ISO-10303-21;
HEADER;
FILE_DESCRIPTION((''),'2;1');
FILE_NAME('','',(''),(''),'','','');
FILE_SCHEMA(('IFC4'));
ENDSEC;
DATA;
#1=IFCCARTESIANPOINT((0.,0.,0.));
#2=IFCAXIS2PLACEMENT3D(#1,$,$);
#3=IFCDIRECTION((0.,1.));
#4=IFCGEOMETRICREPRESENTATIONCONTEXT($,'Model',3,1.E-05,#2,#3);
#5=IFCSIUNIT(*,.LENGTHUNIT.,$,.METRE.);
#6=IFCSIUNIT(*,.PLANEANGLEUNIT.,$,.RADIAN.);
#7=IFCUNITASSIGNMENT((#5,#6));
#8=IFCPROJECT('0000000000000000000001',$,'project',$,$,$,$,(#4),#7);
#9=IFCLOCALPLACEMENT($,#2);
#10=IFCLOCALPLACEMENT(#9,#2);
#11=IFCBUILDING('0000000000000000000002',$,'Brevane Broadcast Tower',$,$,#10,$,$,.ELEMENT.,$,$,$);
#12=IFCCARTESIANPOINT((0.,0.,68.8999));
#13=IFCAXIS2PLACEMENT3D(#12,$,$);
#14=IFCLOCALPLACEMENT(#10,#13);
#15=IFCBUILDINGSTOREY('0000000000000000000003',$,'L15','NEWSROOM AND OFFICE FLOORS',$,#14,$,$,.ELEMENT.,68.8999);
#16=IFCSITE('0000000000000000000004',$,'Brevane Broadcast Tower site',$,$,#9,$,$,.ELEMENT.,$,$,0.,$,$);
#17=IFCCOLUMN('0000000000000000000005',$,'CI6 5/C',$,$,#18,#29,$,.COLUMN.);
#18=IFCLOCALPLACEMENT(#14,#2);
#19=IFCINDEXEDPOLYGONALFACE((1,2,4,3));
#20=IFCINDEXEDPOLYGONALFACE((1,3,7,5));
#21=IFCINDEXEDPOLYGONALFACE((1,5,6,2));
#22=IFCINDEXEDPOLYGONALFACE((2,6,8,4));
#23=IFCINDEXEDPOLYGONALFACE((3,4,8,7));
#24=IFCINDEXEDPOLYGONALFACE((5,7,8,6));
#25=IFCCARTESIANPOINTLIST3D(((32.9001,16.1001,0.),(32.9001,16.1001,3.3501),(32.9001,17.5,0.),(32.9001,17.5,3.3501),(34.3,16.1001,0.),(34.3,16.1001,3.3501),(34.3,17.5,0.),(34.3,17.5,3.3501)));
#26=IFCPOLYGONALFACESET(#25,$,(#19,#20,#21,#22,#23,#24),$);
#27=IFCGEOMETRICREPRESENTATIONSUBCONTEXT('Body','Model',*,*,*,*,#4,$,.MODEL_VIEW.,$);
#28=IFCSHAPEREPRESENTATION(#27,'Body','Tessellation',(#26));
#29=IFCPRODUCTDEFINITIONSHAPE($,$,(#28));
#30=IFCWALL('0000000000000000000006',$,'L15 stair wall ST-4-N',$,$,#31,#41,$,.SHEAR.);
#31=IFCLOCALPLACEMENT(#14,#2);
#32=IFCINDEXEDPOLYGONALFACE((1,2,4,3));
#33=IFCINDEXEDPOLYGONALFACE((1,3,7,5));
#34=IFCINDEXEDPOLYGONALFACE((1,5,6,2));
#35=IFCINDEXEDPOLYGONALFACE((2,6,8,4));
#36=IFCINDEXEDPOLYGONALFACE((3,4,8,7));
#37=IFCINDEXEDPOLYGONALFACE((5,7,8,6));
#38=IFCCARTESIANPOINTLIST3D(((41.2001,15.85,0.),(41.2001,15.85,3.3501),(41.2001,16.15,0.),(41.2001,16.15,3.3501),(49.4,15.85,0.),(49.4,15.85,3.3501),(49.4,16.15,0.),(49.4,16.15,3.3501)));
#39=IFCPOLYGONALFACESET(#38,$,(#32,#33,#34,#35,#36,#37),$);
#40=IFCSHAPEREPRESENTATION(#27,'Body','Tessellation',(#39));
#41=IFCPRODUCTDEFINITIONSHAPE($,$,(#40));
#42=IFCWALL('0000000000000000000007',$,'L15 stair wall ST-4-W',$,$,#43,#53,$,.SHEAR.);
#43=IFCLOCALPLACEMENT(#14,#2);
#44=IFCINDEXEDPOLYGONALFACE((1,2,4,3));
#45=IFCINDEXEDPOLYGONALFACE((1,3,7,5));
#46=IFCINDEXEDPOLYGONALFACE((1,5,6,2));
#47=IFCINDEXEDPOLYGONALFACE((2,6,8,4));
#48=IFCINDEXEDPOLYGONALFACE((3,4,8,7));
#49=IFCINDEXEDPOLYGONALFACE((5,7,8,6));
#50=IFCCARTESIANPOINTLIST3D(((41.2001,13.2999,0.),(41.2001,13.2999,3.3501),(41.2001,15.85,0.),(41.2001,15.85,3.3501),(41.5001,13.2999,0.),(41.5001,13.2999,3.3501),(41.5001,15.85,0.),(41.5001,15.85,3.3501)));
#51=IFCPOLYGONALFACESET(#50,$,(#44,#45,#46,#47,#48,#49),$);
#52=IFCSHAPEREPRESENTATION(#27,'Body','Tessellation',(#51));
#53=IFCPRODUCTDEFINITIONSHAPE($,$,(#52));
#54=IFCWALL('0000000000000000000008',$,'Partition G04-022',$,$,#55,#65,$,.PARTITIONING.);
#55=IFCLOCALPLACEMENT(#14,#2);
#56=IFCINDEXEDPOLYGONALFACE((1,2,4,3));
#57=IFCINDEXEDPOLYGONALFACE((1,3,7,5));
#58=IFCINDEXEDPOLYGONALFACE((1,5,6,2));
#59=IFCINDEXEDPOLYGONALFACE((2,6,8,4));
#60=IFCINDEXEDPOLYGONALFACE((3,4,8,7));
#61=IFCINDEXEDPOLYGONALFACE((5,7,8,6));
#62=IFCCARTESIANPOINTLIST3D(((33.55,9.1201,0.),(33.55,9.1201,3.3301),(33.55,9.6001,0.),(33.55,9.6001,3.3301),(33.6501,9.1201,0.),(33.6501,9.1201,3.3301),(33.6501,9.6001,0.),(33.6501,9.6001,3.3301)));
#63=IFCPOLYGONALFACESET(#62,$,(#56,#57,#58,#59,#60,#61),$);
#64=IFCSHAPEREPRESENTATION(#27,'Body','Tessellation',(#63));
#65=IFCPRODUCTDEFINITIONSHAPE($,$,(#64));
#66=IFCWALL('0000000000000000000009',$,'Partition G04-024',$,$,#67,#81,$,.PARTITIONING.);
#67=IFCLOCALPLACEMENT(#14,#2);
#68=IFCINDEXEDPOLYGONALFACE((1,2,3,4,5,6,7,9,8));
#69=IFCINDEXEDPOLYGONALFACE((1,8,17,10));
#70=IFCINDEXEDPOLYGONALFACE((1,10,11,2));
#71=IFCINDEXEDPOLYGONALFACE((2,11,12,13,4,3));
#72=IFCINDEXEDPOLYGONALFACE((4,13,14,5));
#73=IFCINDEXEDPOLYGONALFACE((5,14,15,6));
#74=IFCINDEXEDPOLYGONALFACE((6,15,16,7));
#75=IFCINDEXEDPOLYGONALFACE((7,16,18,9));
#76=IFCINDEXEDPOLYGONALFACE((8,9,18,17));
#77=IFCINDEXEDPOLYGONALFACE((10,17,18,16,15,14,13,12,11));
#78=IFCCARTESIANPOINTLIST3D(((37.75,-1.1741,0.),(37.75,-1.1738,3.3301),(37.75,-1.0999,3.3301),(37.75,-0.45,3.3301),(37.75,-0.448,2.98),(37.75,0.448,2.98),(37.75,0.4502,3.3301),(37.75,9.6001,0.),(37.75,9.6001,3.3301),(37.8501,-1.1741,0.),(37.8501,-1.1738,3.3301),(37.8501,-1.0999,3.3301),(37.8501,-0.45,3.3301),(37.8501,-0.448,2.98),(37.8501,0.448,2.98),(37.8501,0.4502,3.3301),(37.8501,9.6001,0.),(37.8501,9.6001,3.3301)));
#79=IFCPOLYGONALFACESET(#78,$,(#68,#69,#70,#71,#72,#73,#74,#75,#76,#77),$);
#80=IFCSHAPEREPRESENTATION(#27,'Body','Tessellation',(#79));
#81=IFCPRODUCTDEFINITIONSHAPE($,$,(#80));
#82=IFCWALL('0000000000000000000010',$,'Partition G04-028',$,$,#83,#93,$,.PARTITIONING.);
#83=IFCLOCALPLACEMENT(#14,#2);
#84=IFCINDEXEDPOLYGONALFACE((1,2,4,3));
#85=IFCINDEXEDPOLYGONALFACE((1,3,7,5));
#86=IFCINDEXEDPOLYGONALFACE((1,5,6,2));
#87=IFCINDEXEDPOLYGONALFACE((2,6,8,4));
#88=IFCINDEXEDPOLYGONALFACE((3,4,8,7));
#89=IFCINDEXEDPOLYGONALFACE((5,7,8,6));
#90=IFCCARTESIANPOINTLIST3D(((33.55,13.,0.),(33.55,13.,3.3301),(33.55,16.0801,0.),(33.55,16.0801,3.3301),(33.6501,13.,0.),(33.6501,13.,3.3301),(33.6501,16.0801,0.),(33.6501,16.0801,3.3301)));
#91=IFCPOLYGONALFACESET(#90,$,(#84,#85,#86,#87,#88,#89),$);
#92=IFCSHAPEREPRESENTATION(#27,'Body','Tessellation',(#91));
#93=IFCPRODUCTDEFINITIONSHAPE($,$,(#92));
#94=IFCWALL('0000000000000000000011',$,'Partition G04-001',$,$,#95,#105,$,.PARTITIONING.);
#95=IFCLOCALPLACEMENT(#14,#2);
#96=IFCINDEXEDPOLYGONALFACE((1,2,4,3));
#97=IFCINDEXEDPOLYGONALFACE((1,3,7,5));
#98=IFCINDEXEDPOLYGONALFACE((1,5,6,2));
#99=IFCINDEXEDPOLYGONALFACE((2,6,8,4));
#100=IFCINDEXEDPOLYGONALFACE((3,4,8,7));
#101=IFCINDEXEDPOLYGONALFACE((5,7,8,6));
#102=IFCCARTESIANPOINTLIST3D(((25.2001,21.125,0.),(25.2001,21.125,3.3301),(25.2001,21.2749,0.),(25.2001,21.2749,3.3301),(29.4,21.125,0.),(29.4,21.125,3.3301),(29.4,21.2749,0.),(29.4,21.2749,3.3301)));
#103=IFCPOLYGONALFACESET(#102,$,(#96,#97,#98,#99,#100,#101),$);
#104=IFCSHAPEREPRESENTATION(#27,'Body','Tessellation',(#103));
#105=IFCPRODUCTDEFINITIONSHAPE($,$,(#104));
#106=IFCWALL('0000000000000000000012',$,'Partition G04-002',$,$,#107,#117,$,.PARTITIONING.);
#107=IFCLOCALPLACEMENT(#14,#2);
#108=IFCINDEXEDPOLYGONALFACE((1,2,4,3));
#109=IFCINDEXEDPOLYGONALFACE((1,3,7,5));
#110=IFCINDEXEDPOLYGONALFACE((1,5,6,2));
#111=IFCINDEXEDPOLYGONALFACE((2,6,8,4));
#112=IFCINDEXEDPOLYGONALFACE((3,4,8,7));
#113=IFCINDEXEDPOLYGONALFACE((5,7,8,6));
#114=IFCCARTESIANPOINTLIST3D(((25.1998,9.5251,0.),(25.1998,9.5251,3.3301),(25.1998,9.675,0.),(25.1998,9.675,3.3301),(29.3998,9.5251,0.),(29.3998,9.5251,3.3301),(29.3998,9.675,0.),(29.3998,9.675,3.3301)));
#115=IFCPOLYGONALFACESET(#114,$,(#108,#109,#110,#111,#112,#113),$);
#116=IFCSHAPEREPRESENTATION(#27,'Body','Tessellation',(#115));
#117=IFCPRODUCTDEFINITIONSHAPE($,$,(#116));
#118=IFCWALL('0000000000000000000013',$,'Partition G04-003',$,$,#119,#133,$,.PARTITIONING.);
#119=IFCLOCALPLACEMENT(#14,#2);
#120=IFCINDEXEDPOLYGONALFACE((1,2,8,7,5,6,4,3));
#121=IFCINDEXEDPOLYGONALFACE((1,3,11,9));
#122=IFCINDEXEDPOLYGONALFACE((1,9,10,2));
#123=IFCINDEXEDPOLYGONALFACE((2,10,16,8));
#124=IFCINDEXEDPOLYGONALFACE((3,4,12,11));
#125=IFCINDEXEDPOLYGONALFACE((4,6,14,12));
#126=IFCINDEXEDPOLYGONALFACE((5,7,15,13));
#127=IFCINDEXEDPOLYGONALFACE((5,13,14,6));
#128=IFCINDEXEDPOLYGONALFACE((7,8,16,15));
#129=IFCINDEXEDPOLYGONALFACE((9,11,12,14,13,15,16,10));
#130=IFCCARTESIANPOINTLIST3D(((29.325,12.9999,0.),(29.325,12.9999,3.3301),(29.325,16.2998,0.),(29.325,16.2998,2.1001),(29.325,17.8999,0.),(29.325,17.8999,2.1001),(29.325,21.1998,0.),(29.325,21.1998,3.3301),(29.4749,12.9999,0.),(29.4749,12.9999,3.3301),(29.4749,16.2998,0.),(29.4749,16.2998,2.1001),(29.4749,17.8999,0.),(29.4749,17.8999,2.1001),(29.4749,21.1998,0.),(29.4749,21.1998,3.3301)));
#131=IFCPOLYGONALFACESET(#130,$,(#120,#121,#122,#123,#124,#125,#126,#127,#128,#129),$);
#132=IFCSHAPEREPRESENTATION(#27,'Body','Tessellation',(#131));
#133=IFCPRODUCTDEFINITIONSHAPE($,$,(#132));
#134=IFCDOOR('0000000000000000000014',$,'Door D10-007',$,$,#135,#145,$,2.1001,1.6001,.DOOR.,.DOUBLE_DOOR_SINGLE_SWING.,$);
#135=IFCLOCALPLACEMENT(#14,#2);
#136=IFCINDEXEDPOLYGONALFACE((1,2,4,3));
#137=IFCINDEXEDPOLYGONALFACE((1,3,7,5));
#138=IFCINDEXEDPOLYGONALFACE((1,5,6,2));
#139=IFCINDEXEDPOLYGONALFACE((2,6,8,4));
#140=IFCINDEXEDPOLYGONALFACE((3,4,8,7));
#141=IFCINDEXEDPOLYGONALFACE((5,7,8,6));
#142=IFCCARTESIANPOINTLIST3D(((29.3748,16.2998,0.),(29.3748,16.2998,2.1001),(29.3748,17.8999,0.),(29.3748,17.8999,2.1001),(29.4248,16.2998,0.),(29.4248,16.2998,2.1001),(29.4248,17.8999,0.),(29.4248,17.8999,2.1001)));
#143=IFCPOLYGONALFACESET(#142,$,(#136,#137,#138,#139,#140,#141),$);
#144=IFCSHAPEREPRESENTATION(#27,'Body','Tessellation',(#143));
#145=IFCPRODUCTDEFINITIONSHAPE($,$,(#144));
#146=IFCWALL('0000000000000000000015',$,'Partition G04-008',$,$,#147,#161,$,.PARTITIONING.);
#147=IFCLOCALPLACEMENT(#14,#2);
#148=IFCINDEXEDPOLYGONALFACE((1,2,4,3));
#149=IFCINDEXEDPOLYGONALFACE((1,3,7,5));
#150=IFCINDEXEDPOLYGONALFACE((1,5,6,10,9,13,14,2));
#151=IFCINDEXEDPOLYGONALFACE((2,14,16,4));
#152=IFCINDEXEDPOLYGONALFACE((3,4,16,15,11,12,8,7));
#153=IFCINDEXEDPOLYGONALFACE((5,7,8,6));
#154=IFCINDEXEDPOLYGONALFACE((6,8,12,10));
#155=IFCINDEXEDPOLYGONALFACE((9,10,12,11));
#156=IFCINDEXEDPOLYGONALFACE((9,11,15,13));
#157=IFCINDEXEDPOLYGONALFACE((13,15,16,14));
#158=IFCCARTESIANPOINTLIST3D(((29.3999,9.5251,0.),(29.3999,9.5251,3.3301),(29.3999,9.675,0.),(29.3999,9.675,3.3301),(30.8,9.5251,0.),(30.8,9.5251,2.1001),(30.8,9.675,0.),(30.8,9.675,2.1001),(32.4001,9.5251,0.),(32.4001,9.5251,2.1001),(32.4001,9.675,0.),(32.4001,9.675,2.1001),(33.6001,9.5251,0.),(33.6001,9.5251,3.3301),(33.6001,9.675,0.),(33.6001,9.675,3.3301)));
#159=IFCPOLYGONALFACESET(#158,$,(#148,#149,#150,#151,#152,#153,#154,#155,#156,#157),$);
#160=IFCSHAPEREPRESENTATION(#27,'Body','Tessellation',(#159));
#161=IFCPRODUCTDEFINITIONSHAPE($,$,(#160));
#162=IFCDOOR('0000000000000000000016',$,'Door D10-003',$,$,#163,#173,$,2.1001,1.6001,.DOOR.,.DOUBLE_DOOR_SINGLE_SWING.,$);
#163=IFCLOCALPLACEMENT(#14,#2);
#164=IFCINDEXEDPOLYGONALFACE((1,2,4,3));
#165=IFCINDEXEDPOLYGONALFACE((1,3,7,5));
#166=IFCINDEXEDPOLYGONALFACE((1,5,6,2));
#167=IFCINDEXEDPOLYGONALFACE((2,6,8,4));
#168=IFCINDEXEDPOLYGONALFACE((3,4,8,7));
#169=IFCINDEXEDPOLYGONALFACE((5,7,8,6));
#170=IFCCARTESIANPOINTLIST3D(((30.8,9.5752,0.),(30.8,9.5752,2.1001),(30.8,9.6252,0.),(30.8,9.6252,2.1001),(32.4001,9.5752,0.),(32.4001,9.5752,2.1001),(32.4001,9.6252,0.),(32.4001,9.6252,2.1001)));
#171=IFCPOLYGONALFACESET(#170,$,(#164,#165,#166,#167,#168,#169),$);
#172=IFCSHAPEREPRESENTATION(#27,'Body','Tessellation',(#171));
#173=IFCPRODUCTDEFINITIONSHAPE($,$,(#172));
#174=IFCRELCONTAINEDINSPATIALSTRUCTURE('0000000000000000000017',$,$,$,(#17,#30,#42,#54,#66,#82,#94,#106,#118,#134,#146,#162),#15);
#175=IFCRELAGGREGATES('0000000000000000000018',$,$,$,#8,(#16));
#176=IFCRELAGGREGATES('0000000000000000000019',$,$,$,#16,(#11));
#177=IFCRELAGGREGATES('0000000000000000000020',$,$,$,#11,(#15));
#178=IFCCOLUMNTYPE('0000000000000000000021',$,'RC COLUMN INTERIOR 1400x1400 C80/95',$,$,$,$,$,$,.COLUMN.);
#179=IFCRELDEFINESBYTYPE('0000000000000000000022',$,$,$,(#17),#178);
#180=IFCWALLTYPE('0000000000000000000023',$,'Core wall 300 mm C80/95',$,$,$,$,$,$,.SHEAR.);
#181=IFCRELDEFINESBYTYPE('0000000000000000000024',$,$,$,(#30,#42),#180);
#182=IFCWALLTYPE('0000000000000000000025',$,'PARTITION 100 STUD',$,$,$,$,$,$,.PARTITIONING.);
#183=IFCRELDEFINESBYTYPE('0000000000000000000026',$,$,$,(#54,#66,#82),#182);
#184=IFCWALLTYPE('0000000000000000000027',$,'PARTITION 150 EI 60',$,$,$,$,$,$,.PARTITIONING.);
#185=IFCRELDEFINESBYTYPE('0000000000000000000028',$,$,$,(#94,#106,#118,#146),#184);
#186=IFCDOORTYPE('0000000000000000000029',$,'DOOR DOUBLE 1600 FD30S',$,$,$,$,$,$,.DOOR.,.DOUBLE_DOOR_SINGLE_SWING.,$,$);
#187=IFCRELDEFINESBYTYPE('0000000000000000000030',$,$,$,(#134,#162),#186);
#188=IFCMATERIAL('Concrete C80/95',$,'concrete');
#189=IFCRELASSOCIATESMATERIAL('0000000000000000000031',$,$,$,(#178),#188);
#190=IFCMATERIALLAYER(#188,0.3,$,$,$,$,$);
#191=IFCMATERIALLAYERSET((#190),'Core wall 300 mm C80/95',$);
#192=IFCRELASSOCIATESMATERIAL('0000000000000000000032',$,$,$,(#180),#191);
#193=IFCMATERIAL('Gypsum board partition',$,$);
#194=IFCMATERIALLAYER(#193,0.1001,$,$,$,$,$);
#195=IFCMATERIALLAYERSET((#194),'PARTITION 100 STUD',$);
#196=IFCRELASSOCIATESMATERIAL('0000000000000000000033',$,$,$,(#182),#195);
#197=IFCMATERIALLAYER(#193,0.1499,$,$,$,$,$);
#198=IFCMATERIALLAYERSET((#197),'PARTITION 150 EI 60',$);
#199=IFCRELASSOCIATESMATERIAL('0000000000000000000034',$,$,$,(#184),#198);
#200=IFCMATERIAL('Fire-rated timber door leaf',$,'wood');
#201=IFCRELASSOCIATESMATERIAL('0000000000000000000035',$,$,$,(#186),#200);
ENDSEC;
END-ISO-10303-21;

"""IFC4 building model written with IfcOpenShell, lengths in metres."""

from ifc_helpers import new_model, si_unit, direction, frame, frame_2d, origin, origin_2d, place, context, subcontext, project, spatial, polyline, rectangle, outline, extrude, material, layer, layer_set, material_profile, profile_set, type_object, element, fill, save


model = new_model("IFC4")

# Units and contexts
model_context = context("Model", 3, precision=1e-05, world=origin(), true_north=direction((0.0, 1.0)))
body_context = subcontext(model_context, "Body", "Model", "MODEL_VIEW")
ifc_project = project(units=[si_unit("LENGTHUNIT", "METRE"), si_unit("PLANEANGLEUNIT", "RADIAN")], contexts=[model_context])

# Site, building, storey
site_placement = place(None, origin())
site = spatial("IfcSite", under=ifc_project, at=site_placement, Name="Brevane Broadcast Tower site", CompositionType="ELEMENT", RefElevation=0.0)
building_placement = place(site_placement, origin())
building = spatial("IfcBuilding", under=site, at=building_placement, Name="Brevane Broadcast Tower", CompositionType="ELEMENT")
storey_placement = place(building_placement, frame((0.0, 0.0, 68.8999)))
storey = spatial("IfcBuildingStorey", under=building, at=storey_placement, Name="L15", Description="NEWSROOM AND OFFICE FLOORS", CompositionType="ELEMENT", Elevation=68.8999)

# Column
ifc_material_1 = material(Name="Concrete C80/95", Category="concrete")
ifc_material_profile = material_profile(ifc_material_1, rectangle(XDim=1.3999, YDim=1.3999, at=origin_2d()), Name="RC 1400x1400")
ifc_profile_set = profile_set([ifc_material_profile], Name="Concrete C80/95")
column_type = type_object("IfcColumnType", Name="RC COLUMN INTERIOR 1400x1400 C80/95", PredefinedType="COLUMN", material=ifc_profile_set)
column_placement = place(storey_placement, frame((33.6001, 16.8, 0.0), z_axis=(0.0, 0.0, 1.0), x_axis=(1.0, 0.0, 0.0)))
element("IfcColumn", 1, at=column_placement, inside=storey, type_object=column_type, Name="CI6 5/C", PredefinedType="COLUMN", context=body_context, shape_type="SweptSolid", body=[
    extrude(rectangle(XDim=1.3999, YDim=1.3999, at=origin_2d()), origin(), (0.0, 0.0, 1.0), 3.3501),
])

# Walls
ifc_layer_1 = layer(ifc_material_1, 0.3)
ifc_layer_set_1 = layer_set([ifc_layer_1], Name="Core wall 300 mm C80/95")
wall_type_1 = type_object("IfcWallType", Name="Core wall 300 mm C80/95", PredefinedType="SHEAR", material=ifc_layer_set_1)
wall_1_placement = place(storey_placement, frame((41.2, 16.0, 0.0), z_axis=(0.0, 0.0, 1.0), x_axis=(1.0, 0.0, 0.0)))
element("IfcWall", 2, at=wall_1_placement, inside=storey, type_object=wall_type_1, Name="L15 stair wall ST-4-N", PredefinedType="SHEAR", context=body_context, shape_type="SweptSolid", body=[
    extrude(rectangle(XDim=8.2, YDim=0.3, at=frame_2d((4.1001, 0.0))), origin(), (0.0, 0.0, 1.0), 3.3501),
])
wall_2_placement = place(storey_placement, frame((41.3501, 13.3, 0.0), z_axis=(0.0, 0.0, 1.0), x_axis=(0.0, 1.0, 0.0)))
element("IfcWall", 3, at=wall_2_placement, inside=storey, type_object=wall_type_1, Name="L15 stair wall ST-4-W", PredefinedType="SHEAR", context=body_context, shape_type="SweptSolid", body=[
    extrude(rectangle(XDim=2.55, YDim=0.3, at=frame_2d((1.2749, 0.0))), origin(), (0.0, 0.0, 1.0), 3.3501),
])
ifc_material_2 = material(Name="Gypsum board partition")
ifc_layer_2 = layer(ifc_material_2, 0.1001)
ifc_layer_set_2 = layer_set([ifc_layer_2], Name="PARTITION 100 STUD")
wall_type_2 = type_object("IfcWallType", Name="PARTITION 100 STUD", PredefinedType="PARTITIONING", material=ifc_layer_set_2)
wall_3_placement = place(storey_placement, frame((33.6001, 9.6001, 0.0), z_axis=(0.0, 0.0, 1.0), x_axis=(0.0, -1.0, 0.0)))
element("IfcWall", 4, at=wall_3_placement, inside=storey, type_object=wall_type_2, Name="Partition G04-022", PredefinedType="PARTITIONING", context=body_context, shape_type="SweptSolid", body=[
    extrude(rectangle(XDim=0.48, YDim=0.1001, at=frame_2d((0.24, 0.0))), origin(), (0.0, 0.0, 1.0), 3.3301),
])
wall_4_placement = place(storey_placement, frame((37.8, 9.6001, 0.0), z_axis=(0.0, 0.0, 1.0), x_axis=(0.0, -1.0, 0.0)))
element("IfcWall", 5, at=wall_4_placement, inside=storey, type_object=wall_type_2, Name="Partition G04-024", PredefinedType="PARTITIONING", context=body_context, shape_type="SweptSolid", body=[
    extrude(outline(polyline([(0.0, 0.0), (10.7742, 0.0), (10.7739, 3.3301), (10.7, 3.3301), (10.05, 3.3301), (10.0481, 2.98), (9.1521, 2.98), (9.1499, 3.3301), (0.0, 3.3301), (0.0, 0.0)])), frame((0.0, 0.05, 0.0), z_axis=(0.0, -1.0, 0.0), x_axis=(1.0, 0.0, 0.0)), (0.0, 0.0, 1.0), 0.1001),
])
wall_5_placement = place(storey_placement, frame((33.6001, 16.0801, 0.0), z_axis=(0.0, 0.0, 1.0), x_axis=(0.0, -1.0, 0.0)))
element("IfcWall", 6, at=wall_5_placement, inside=storey, type_object=wall_type_2, Name="Partition G04-028", PredefinedType="PARTITIONING", context=body_context, shape_type="SweptSolid", body=[
    extrude(rectangle(XDim=3.0801, YDim=0.1001, at=frame_2d((1.54, 0.0))), origin(), (0.0, 0.0, 1.0), 3.3301),
])
ifc_layer_3 = layer(ifc_material_2, 0.1499)
ifc_layer_set_3 = layer_set([ifc_layer_3], Name="PARTITION 150 EI 60")
wall_type_3 = type_object("IfcWallType", Name="PARTITION 150 EI 60", PredefinedType="PARTITIONING", material=ifc_layer_set_3)
for number, where, z_axis, x_axis, name in (
    (7, (25.2, 21.2, 0.0), (0.0, 0.0, 1.0), (1.0, 0.0, 0.0), "Partition G04-001"),
    (8, (29.3999, 9.6001, 0.0), (0.0, 0.0, 1.0), (-1.0, 0.0, 0.0), "Partition G04-002"),
):
    element("IfcWall", number, at=place(storey_placement, frame(where, z_axis=z_axis, x_axis=x_axis)), inside=storey, type_object=wall_type_3, Name=name, PredefinedType="PARTITIONING", context=body_context, shape_type="SweptSolid", body=[
        extrude(rectangle(XDim=4.2, YDim=0.1499, at=frame_2d((2.1001, 0.0))), origin(), (0.0, 0.0, 1.0), 3.3301),
    ])

# Walls, openings, doors
wall_6_placement = place(storey_placement, frame((29.3999, 21.2, 0.0), z_axis=(0.0, 0.0, 1.0), x_axis=(0.0, -1.0, 0.0)))
wall_6 = element("IfcWall", 9, at=wall_6_placement, inside=storey, type_object=wall_type_3, Name="Partition G04-003", PredefinedType="PARTITIONING", context=body_context, shape_type="SweptSolid", body=[
    extrude(rectangle(XDim=8.2, YDim=0.1499, at=frame_2d((4.1001, 0.0))), origin(), (0.0, 0.0, 1.0), 3.3301),
])
opening_1_placement = place(wall_6_placement, frame((3.3, 0.0, 0.0)))
opening_1 = element("IfcOpeningElement", 10, at=opening_1_placement, cuts=wall_6, PredefinedType="OPENING", context=body_context, shape_type="SweptSolid", body=[
    extrude(rectangle(XDim=1.6001, YDim=2.1001, at=frame_2d((0.8, 1.05))), frame((0.0, 0.085, 0.0), z_axis=(0.0, -1.0, 0.0), x_axis=(1.0, 0.0, 0.0)), (0.0, 0.0, 1.0), 0.1699),
])
ifc_material_3 = material(Name="Fire-rated timber door leaf", Category="wood")
door_type_1 = type_object("IfcDoorType", Name="DOOR DOUBLE 1600 FD30S", OperationType="DOUBLE_DOOR_SINGLE_SWING", PredefinedType="DOOR", material=ifc_material_3)
door_1_placement = place(opening_1_placement, origin())
door_1 = element("IfcDoor", 11, at=door_1_placement, inside=storey, type_object=door_type_1, Name="Door D10-007", OperationType="DOUBLE_DOOR_SINGLE_SWING", OverallHeight=2.1001, OverallWidth=1.6001, PredefinedType="DOOR", context=body_context, shape_type="SweptSolid", body=[
    extrude(rectangle(XDim=1.6001, YDim=2.1001, at=frame_2d((0.8, 1.05))), frame((0.0, 0.0249, 0.0), z_axis=(0.0, -1.0, 0.0), x_axis=(1.0, 0.0, 0.0)), (0.0, 0.0, 1.0), 0.05),
])
fill(opening_1, door_1)
wall_7_placement = place(storey_placement, frame((33.6001, 9.6001, 0.0), z_axis=(0.0, 0.0, 1.0), x_axis=(-1.0, 0.0, 0.0)))
wall_7 = element("IfcWall", 12, at=wall_7_placement, inside=storey, type_object=wall_type_3, Name="Partition G04-008", PredefinedType="PARTITIONING", context=body_context, shape_type="SweptSolid", body=[
    extrude(rectangle(XDim=4.2002, YDim=0.1499, at=frame_2d((2.1001, 0.0))), origin(), (0.0, 0.0, 1.0), 3.3301),
])
opening_2_placement = place(wall_7_placement, frame((1.2, 0.0, 0.0)))
opening_2 = element("IfcOpeningElement", 13, at=opening_2_placement, cuts=wall_7, PredefinedType="OPENING", context=body_context, shape_type="SweptSolid", body=[
    extrude(rectangle(XDim=1.6001, YDim=2.1001, at=frame_2d((0.8, 1.05))), frame((0.0, 0.085, 0.0), z_axis=(0.0, -1.0, 0.0), x_axis=(1.0, 0.0, 0.0)), (0.0, 0.0, 1.0), 0.1699),
])
door_2_placement = place(opening_2_placement, origin())
door_2 = element("IfcDoor", 14, at=door_2_placement, inside=storey, type_object=door_type_1, Name="Door D10-003", OperationType="DOUBLE_DOOR_SINGLE_SWING", OverallHeight=2.1001, OverallWidth=1.6001, PredefinedType="DOOR", context=body_context, shape_type="SweptSolid", body=[
    extrude(rectangle(XDim=1.6001, YDim=2.1001, at=frame_2d((0.8, 1.05))), frame((0.0, 0.0249, 0.0), z_axis=(0.0, -1.0, 0.0), x_axis=(1.0, 0.0, 0.0)), (0.0, 0.0, 1.0), 0.05),
])
fill(opening_2, door_2)

save(model, "model.ifc")
